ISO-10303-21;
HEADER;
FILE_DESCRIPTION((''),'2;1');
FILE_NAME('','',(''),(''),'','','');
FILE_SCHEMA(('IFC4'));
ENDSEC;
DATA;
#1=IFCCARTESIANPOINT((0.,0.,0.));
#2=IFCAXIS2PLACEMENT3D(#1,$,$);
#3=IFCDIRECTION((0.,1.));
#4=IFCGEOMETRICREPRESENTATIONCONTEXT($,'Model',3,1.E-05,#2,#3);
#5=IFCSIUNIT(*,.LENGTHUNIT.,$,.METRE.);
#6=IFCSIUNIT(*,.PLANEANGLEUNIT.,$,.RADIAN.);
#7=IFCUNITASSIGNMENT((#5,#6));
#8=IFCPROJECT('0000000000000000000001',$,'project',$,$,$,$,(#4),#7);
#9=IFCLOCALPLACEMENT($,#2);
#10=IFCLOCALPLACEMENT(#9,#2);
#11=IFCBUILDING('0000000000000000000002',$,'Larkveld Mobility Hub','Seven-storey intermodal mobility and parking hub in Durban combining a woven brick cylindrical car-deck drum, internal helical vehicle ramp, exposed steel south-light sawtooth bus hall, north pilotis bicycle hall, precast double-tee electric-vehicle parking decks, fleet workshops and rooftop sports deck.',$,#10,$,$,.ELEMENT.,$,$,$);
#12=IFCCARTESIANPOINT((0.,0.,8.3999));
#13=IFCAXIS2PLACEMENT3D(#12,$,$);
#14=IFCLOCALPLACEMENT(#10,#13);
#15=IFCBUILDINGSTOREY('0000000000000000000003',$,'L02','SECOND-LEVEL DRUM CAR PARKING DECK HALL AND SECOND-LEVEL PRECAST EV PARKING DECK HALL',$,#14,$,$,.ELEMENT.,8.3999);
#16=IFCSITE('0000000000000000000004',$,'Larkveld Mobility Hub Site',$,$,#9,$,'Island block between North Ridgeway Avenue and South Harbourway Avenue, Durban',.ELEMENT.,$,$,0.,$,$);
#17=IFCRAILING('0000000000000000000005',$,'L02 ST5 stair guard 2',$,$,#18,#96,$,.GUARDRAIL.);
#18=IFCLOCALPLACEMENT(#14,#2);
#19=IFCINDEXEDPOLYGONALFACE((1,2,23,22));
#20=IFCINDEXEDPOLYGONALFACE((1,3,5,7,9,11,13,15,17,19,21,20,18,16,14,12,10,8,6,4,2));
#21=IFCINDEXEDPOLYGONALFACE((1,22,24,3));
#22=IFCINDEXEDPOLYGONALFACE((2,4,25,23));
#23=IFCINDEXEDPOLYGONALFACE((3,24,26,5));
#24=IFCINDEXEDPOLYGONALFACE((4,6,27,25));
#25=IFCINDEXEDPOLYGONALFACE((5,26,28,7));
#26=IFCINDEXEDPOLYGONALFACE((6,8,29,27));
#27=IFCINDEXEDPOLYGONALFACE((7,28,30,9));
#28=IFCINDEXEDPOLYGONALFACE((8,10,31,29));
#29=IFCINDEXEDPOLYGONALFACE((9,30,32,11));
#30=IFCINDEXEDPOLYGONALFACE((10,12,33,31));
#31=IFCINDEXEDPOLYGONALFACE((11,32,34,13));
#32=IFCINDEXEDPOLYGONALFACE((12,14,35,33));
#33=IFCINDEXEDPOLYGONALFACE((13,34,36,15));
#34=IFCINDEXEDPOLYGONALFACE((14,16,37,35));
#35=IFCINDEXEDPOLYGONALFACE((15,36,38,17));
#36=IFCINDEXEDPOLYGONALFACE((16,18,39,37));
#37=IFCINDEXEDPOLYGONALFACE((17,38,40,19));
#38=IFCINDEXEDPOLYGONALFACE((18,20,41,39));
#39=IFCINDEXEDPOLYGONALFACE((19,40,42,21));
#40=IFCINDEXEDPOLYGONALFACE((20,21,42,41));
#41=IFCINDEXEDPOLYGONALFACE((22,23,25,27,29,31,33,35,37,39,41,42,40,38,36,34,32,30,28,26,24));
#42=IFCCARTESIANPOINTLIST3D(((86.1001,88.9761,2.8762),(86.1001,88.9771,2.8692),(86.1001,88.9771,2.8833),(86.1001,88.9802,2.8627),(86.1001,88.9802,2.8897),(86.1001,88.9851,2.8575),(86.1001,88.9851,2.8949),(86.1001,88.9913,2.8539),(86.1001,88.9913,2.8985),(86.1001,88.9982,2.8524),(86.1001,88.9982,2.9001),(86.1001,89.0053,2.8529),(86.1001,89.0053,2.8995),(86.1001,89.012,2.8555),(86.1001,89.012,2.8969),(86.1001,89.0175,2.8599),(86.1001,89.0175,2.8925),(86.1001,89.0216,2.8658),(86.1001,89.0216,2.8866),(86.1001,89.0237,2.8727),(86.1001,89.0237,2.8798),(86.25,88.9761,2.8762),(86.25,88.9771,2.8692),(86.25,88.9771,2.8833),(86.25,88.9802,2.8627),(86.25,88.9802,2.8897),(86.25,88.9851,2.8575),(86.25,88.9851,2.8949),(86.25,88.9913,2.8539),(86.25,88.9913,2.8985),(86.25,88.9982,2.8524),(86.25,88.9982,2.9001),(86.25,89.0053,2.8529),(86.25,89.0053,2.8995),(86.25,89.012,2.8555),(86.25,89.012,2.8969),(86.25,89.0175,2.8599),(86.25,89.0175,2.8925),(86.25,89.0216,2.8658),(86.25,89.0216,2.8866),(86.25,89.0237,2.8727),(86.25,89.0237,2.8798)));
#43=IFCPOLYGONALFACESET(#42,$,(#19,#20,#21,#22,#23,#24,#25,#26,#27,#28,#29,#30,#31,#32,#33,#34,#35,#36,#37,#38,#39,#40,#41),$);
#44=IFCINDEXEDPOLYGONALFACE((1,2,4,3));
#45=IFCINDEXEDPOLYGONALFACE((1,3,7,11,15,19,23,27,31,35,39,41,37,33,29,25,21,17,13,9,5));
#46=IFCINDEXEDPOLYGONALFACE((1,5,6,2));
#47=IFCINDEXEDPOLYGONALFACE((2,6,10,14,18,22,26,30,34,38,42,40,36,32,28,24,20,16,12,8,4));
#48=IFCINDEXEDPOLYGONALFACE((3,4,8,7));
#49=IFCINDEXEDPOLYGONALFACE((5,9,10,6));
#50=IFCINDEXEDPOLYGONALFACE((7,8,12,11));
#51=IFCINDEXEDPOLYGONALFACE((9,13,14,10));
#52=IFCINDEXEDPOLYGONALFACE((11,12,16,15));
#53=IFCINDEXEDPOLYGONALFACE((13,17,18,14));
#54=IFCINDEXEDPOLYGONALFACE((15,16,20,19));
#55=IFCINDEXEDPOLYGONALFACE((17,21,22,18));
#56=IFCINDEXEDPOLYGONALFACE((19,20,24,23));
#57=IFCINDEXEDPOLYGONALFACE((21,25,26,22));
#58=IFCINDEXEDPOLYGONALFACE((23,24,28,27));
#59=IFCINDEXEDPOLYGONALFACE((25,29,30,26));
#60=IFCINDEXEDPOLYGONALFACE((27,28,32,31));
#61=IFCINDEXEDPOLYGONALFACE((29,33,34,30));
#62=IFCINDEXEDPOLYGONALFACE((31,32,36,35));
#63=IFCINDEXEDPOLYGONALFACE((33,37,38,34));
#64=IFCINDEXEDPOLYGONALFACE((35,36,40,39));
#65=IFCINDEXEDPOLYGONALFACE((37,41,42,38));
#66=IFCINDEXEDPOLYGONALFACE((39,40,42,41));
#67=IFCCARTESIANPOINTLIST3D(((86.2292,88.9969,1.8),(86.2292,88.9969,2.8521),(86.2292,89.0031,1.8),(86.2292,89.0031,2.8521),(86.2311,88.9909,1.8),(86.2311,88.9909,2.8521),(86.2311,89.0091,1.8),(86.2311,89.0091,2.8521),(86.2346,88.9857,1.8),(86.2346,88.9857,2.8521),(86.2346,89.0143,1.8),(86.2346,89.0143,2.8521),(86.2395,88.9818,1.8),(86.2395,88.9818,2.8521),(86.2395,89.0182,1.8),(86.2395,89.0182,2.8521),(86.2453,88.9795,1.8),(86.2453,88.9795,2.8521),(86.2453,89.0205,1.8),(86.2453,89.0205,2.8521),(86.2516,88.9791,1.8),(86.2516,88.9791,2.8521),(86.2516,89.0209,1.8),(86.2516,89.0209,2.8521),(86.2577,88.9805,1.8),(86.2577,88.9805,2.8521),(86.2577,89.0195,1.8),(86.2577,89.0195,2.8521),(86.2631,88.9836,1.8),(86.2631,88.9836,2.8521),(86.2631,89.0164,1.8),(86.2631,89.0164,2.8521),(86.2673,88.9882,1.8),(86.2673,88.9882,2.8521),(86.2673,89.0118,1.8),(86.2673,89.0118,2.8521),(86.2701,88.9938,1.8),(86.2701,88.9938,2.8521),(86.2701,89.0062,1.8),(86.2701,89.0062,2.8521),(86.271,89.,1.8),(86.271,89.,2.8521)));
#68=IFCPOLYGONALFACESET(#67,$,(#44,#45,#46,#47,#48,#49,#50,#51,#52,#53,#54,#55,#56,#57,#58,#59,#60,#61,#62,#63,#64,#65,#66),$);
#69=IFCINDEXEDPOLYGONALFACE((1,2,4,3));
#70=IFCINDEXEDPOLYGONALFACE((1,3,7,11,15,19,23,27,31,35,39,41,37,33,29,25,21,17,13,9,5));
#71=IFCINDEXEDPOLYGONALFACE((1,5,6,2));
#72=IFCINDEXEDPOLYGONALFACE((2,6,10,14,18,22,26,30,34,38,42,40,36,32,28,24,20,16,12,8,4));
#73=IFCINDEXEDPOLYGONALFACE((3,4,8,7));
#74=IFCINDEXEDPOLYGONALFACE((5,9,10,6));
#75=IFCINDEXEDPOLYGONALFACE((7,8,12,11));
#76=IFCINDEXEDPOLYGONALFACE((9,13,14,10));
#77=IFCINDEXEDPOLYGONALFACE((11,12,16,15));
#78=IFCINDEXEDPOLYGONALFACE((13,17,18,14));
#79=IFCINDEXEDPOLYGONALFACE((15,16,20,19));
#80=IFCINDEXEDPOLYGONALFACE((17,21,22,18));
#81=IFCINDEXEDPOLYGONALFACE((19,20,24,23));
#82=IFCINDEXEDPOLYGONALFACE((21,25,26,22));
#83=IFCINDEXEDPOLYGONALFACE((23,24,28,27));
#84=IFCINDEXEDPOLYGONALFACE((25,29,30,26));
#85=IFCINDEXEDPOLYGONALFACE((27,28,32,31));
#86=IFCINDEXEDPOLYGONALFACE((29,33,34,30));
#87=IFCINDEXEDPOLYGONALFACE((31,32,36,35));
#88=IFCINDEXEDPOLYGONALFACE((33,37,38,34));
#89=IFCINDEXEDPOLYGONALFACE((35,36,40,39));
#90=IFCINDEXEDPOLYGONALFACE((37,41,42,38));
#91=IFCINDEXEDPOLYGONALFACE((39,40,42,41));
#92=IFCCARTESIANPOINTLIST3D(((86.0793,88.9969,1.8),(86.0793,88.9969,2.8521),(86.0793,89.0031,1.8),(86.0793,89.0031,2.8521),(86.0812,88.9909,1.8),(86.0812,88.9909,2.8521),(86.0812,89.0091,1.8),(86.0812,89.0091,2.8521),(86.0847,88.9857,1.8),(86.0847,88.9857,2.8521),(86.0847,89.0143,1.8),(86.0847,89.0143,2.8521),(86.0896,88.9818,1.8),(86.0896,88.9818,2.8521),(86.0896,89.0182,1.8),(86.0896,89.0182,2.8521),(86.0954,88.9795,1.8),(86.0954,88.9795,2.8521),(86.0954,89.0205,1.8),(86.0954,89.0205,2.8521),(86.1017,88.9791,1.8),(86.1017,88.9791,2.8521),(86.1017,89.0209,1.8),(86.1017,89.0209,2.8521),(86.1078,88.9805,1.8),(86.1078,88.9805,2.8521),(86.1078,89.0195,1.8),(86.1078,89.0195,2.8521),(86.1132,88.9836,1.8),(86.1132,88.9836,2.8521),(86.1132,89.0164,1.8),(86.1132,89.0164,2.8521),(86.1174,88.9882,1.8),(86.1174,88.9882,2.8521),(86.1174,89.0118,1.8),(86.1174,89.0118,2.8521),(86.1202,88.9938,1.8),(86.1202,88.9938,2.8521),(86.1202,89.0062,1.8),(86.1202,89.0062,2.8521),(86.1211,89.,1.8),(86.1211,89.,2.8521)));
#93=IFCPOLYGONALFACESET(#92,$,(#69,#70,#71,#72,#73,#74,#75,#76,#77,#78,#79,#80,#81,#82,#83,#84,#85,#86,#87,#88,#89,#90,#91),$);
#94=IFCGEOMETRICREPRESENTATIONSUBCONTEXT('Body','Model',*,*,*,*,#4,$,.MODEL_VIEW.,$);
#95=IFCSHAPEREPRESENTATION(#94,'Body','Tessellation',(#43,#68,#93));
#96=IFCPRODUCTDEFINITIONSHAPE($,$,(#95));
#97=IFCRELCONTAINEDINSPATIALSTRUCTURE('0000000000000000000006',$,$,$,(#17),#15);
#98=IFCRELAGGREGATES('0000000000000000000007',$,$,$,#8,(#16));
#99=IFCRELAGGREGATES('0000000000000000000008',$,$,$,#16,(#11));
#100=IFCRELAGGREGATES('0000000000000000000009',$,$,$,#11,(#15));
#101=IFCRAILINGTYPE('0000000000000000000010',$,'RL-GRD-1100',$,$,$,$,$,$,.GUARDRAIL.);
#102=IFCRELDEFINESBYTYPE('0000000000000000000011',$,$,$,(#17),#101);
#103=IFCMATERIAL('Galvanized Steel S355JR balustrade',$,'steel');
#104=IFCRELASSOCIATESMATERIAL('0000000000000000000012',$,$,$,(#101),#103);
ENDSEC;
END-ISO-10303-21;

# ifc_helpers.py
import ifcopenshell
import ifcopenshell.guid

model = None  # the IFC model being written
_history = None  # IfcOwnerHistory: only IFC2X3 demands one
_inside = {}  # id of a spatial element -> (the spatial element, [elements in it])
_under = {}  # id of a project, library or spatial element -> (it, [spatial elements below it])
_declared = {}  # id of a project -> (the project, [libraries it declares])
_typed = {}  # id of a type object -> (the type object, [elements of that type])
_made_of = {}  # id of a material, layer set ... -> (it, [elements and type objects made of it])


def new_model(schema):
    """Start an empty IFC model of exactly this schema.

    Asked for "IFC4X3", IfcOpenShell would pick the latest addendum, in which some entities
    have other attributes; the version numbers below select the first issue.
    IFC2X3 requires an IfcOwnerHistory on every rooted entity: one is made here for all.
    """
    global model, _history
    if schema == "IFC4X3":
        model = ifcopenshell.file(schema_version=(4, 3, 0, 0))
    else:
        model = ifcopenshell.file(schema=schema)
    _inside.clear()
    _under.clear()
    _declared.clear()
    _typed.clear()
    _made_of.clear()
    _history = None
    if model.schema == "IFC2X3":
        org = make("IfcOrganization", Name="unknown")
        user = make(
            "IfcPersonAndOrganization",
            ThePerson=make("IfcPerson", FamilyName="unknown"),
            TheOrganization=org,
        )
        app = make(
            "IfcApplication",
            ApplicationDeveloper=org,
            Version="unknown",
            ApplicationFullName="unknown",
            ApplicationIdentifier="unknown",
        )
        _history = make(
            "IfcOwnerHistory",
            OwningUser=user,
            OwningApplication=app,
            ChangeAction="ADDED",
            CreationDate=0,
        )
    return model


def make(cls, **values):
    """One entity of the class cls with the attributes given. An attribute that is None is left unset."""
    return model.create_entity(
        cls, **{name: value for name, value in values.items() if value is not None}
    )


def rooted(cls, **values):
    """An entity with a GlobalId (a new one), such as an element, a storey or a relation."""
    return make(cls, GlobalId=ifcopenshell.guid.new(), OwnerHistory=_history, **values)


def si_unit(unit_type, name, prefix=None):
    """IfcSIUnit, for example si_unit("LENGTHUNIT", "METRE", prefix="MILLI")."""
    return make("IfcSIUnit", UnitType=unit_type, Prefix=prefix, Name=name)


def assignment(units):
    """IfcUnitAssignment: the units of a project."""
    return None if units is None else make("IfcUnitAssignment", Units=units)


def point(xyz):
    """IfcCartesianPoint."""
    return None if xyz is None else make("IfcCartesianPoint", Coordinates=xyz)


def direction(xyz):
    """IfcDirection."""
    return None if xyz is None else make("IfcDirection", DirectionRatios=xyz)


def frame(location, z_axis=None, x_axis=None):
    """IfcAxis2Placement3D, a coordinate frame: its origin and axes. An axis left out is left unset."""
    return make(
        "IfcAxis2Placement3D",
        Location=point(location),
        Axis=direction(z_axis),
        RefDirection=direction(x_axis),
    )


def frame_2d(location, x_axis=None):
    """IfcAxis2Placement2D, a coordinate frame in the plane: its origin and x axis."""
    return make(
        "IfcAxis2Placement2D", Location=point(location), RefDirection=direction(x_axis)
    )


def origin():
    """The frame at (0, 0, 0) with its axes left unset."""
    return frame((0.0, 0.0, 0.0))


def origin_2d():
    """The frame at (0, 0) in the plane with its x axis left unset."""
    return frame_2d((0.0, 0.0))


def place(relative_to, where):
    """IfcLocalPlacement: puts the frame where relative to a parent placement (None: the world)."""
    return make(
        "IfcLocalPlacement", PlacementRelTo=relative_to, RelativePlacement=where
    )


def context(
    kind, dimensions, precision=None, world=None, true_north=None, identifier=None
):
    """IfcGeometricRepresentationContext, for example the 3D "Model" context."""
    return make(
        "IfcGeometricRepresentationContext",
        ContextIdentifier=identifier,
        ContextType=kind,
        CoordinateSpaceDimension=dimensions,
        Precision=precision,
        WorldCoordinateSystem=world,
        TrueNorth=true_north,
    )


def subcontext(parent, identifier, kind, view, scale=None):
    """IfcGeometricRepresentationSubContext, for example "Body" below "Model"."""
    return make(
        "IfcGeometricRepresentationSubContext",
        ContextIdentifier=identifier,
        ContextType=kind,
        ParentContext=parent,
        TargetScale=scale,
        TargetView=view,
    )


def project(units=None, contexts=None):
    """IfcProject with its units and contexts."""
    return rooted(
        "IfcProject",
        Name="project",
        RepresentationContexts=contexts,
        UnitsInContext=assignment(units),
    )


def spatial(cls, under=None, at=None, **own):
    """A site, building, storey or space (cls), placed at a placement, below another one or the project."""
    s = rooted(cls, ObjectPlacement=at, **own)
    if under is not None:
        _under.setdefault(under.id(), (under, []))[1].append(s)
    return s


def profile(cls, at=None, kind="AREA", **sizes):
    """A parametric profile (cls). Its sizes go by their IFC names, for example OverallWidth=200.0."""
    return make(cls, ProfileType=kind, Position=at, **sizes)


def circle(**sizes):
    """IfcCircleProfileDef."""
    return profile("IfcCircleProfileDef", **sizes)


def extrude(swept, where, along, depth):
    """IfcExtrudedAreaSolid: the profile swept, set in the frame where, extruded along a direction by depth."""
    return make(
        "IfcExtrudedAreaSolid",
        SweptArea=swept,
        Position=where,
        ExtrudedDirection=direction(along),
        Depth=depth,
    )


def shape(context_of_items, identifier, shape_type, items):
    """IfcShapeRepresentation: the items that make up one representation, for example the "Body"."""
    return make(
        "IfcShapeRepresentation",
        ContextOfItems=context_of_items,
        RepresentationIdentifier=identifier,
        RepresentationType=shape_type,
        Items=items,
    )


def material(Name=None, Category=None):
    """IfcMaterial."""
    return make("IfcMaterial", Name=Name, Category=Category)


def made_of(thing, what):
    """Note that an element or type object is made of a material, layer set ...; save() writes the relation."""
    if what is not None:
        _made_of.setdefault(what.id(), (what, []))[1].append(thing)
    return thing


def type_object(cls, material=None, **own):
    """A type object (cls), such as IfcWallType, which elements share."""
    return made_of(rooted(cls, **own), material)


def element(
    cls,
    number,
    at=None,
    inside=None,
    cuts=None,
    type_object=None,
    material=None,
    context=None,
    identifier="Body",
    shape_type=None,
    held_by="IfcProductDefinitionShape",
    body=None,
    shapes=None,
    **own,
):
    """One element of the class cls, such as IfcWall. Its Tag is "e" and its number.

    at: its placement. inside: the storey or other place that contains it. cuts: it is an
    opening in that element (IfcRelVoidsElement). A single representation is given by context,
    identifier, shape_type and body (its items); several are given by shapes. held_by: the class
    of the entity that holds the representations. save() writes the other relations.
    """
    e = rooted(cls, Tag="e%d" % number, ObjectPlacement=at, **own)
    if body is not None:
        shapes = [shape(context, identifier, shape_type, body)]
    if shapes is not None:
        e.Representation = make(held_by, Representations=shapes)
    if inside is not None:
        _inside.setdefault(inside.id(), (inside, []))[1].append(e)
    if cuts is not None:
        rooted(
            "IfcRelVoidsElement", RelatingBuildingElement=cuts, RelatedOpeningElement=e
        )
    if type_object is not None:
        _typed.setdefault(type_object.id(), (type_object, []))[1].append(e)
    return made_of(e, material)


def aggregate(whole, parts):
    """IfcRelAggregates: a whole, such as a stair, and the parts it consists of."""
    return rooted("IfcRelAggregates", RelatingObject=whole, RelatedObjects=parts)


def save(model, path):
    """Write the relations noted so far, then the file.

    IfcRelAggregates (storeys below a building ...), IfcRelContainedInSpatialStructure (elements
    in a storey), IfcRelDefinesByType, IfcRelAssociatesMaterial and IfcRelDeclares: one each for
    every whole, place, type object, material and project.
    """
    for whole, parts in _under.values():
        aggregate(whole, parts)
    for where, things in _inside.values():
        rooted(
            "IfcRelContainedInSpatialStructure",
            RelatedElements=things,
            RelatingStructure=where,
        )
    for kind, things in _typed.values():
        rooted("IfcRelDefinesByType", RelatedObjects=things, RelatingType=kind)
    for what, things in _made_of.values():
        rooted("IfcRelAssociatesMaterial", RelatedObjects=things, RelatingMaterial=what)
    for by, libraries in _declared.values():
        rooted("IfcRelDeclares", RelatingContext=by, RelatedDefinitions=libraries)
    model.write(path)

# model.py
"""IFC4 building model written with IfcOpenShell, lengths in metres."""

from ifc_helpers import new_model, si_unit, direction, frame, origin, origin_2d, place, context, subcontext, project, spatial, circle, extrude, material, type_object, element, save


model = new_model("IFC4")

# Units and contexts
model_context = context("Model", 3, precision=1e-05, world=origin(), true_north=direction((0.0, 1.0)))
body_context = subcontext(model_context, "Body", "Model", "MODEL_VIEW")
ifc_project = project(units=[si_unit("LENGTHUNIT", "METRE"), si_unit("PLANEANGLEUNIT", "RADIAN")], contexts=[model_context])

# Site, building, storey
site_placement = place(None, origin())
site = spatial("IfcSite", under=ifc_project, at=site_placement, Name="Larkveld Mobility Hub Site", LongName="Island block between North Ridgeway Avenue and South Harbourway Avenue, Durban", CompositionType="ELEMENT", RefElevation=0.0)
building_placement = place(site_placement, origin())
building = spatial("IfcBuilding", under=site, at=building_placement, Name="Larkveld Mobility Hub", Description="Seven-storey intermodal mobility and parking hub in Durban combining a woven brick cylindrical car-deck drum, internal helical vehicle ramp, exposed steel south-light sawtooth bus hall, north pilotis bicycle hall, precast double-tee electric-vehicle parking decks, fleet workshops and rooftop sports deck.", CompositionType="ELEMENT")
storey_placement = place(building_placement, frame((0.0, 0.0, 8.3999)))
storey = spatial("IfcBuildingStorey", under=building, at=storey_placement, Name="L02", Description="SECOND-LEVEL DRUM CAR PARKING DECK HALL AND SECOND-LEVEL PRECAST EV PARKING DECK HALL", CompositionType="ELEMENT", Elevation=8.3999)

# Railing
ifc_material_1 = material(Name="Galvanized Steel S355JR balustrade", Category="steel")
railing_type_1 = type_object("IfcRailingType", Name="RL-GRD-1100", PredefinedType="GUARDRAIL", material=ifc_material_1)
railing_1_placement = place(storey_placement, frame((86.25, 89.0, 1.8)))
element("IfcRailing", 1, at=railing_1_placement, inside=storey, type_object=railing_type_1, Name="L02 ST5 stair guard 2", PredefinedType="GUARDRAIL", context=body_context, shape_type="SweptSolid", body=[
    extrude(circle(Radius=0.0239, at=origin_2d()), frame((0.0, 0.0, 1.0762), z_axis=(-1.0, 0.0, 0.0), x_axis=(0.0, -1.0, 0.0)), (0.0, 0.0, 1.0), 0.1499),
    extrude(circle(Radius=0.021, at=origin_2d()), origin(), (0.0, 0.0, 1.0), 1.052),
    extrude(circle(Radius=0.021, at=origin_2d()), frame((-0.1499, 0.0, 0.0)), (0.0, 0.0, 1.0), 1.052),
])

save(model, "model.ifc")
